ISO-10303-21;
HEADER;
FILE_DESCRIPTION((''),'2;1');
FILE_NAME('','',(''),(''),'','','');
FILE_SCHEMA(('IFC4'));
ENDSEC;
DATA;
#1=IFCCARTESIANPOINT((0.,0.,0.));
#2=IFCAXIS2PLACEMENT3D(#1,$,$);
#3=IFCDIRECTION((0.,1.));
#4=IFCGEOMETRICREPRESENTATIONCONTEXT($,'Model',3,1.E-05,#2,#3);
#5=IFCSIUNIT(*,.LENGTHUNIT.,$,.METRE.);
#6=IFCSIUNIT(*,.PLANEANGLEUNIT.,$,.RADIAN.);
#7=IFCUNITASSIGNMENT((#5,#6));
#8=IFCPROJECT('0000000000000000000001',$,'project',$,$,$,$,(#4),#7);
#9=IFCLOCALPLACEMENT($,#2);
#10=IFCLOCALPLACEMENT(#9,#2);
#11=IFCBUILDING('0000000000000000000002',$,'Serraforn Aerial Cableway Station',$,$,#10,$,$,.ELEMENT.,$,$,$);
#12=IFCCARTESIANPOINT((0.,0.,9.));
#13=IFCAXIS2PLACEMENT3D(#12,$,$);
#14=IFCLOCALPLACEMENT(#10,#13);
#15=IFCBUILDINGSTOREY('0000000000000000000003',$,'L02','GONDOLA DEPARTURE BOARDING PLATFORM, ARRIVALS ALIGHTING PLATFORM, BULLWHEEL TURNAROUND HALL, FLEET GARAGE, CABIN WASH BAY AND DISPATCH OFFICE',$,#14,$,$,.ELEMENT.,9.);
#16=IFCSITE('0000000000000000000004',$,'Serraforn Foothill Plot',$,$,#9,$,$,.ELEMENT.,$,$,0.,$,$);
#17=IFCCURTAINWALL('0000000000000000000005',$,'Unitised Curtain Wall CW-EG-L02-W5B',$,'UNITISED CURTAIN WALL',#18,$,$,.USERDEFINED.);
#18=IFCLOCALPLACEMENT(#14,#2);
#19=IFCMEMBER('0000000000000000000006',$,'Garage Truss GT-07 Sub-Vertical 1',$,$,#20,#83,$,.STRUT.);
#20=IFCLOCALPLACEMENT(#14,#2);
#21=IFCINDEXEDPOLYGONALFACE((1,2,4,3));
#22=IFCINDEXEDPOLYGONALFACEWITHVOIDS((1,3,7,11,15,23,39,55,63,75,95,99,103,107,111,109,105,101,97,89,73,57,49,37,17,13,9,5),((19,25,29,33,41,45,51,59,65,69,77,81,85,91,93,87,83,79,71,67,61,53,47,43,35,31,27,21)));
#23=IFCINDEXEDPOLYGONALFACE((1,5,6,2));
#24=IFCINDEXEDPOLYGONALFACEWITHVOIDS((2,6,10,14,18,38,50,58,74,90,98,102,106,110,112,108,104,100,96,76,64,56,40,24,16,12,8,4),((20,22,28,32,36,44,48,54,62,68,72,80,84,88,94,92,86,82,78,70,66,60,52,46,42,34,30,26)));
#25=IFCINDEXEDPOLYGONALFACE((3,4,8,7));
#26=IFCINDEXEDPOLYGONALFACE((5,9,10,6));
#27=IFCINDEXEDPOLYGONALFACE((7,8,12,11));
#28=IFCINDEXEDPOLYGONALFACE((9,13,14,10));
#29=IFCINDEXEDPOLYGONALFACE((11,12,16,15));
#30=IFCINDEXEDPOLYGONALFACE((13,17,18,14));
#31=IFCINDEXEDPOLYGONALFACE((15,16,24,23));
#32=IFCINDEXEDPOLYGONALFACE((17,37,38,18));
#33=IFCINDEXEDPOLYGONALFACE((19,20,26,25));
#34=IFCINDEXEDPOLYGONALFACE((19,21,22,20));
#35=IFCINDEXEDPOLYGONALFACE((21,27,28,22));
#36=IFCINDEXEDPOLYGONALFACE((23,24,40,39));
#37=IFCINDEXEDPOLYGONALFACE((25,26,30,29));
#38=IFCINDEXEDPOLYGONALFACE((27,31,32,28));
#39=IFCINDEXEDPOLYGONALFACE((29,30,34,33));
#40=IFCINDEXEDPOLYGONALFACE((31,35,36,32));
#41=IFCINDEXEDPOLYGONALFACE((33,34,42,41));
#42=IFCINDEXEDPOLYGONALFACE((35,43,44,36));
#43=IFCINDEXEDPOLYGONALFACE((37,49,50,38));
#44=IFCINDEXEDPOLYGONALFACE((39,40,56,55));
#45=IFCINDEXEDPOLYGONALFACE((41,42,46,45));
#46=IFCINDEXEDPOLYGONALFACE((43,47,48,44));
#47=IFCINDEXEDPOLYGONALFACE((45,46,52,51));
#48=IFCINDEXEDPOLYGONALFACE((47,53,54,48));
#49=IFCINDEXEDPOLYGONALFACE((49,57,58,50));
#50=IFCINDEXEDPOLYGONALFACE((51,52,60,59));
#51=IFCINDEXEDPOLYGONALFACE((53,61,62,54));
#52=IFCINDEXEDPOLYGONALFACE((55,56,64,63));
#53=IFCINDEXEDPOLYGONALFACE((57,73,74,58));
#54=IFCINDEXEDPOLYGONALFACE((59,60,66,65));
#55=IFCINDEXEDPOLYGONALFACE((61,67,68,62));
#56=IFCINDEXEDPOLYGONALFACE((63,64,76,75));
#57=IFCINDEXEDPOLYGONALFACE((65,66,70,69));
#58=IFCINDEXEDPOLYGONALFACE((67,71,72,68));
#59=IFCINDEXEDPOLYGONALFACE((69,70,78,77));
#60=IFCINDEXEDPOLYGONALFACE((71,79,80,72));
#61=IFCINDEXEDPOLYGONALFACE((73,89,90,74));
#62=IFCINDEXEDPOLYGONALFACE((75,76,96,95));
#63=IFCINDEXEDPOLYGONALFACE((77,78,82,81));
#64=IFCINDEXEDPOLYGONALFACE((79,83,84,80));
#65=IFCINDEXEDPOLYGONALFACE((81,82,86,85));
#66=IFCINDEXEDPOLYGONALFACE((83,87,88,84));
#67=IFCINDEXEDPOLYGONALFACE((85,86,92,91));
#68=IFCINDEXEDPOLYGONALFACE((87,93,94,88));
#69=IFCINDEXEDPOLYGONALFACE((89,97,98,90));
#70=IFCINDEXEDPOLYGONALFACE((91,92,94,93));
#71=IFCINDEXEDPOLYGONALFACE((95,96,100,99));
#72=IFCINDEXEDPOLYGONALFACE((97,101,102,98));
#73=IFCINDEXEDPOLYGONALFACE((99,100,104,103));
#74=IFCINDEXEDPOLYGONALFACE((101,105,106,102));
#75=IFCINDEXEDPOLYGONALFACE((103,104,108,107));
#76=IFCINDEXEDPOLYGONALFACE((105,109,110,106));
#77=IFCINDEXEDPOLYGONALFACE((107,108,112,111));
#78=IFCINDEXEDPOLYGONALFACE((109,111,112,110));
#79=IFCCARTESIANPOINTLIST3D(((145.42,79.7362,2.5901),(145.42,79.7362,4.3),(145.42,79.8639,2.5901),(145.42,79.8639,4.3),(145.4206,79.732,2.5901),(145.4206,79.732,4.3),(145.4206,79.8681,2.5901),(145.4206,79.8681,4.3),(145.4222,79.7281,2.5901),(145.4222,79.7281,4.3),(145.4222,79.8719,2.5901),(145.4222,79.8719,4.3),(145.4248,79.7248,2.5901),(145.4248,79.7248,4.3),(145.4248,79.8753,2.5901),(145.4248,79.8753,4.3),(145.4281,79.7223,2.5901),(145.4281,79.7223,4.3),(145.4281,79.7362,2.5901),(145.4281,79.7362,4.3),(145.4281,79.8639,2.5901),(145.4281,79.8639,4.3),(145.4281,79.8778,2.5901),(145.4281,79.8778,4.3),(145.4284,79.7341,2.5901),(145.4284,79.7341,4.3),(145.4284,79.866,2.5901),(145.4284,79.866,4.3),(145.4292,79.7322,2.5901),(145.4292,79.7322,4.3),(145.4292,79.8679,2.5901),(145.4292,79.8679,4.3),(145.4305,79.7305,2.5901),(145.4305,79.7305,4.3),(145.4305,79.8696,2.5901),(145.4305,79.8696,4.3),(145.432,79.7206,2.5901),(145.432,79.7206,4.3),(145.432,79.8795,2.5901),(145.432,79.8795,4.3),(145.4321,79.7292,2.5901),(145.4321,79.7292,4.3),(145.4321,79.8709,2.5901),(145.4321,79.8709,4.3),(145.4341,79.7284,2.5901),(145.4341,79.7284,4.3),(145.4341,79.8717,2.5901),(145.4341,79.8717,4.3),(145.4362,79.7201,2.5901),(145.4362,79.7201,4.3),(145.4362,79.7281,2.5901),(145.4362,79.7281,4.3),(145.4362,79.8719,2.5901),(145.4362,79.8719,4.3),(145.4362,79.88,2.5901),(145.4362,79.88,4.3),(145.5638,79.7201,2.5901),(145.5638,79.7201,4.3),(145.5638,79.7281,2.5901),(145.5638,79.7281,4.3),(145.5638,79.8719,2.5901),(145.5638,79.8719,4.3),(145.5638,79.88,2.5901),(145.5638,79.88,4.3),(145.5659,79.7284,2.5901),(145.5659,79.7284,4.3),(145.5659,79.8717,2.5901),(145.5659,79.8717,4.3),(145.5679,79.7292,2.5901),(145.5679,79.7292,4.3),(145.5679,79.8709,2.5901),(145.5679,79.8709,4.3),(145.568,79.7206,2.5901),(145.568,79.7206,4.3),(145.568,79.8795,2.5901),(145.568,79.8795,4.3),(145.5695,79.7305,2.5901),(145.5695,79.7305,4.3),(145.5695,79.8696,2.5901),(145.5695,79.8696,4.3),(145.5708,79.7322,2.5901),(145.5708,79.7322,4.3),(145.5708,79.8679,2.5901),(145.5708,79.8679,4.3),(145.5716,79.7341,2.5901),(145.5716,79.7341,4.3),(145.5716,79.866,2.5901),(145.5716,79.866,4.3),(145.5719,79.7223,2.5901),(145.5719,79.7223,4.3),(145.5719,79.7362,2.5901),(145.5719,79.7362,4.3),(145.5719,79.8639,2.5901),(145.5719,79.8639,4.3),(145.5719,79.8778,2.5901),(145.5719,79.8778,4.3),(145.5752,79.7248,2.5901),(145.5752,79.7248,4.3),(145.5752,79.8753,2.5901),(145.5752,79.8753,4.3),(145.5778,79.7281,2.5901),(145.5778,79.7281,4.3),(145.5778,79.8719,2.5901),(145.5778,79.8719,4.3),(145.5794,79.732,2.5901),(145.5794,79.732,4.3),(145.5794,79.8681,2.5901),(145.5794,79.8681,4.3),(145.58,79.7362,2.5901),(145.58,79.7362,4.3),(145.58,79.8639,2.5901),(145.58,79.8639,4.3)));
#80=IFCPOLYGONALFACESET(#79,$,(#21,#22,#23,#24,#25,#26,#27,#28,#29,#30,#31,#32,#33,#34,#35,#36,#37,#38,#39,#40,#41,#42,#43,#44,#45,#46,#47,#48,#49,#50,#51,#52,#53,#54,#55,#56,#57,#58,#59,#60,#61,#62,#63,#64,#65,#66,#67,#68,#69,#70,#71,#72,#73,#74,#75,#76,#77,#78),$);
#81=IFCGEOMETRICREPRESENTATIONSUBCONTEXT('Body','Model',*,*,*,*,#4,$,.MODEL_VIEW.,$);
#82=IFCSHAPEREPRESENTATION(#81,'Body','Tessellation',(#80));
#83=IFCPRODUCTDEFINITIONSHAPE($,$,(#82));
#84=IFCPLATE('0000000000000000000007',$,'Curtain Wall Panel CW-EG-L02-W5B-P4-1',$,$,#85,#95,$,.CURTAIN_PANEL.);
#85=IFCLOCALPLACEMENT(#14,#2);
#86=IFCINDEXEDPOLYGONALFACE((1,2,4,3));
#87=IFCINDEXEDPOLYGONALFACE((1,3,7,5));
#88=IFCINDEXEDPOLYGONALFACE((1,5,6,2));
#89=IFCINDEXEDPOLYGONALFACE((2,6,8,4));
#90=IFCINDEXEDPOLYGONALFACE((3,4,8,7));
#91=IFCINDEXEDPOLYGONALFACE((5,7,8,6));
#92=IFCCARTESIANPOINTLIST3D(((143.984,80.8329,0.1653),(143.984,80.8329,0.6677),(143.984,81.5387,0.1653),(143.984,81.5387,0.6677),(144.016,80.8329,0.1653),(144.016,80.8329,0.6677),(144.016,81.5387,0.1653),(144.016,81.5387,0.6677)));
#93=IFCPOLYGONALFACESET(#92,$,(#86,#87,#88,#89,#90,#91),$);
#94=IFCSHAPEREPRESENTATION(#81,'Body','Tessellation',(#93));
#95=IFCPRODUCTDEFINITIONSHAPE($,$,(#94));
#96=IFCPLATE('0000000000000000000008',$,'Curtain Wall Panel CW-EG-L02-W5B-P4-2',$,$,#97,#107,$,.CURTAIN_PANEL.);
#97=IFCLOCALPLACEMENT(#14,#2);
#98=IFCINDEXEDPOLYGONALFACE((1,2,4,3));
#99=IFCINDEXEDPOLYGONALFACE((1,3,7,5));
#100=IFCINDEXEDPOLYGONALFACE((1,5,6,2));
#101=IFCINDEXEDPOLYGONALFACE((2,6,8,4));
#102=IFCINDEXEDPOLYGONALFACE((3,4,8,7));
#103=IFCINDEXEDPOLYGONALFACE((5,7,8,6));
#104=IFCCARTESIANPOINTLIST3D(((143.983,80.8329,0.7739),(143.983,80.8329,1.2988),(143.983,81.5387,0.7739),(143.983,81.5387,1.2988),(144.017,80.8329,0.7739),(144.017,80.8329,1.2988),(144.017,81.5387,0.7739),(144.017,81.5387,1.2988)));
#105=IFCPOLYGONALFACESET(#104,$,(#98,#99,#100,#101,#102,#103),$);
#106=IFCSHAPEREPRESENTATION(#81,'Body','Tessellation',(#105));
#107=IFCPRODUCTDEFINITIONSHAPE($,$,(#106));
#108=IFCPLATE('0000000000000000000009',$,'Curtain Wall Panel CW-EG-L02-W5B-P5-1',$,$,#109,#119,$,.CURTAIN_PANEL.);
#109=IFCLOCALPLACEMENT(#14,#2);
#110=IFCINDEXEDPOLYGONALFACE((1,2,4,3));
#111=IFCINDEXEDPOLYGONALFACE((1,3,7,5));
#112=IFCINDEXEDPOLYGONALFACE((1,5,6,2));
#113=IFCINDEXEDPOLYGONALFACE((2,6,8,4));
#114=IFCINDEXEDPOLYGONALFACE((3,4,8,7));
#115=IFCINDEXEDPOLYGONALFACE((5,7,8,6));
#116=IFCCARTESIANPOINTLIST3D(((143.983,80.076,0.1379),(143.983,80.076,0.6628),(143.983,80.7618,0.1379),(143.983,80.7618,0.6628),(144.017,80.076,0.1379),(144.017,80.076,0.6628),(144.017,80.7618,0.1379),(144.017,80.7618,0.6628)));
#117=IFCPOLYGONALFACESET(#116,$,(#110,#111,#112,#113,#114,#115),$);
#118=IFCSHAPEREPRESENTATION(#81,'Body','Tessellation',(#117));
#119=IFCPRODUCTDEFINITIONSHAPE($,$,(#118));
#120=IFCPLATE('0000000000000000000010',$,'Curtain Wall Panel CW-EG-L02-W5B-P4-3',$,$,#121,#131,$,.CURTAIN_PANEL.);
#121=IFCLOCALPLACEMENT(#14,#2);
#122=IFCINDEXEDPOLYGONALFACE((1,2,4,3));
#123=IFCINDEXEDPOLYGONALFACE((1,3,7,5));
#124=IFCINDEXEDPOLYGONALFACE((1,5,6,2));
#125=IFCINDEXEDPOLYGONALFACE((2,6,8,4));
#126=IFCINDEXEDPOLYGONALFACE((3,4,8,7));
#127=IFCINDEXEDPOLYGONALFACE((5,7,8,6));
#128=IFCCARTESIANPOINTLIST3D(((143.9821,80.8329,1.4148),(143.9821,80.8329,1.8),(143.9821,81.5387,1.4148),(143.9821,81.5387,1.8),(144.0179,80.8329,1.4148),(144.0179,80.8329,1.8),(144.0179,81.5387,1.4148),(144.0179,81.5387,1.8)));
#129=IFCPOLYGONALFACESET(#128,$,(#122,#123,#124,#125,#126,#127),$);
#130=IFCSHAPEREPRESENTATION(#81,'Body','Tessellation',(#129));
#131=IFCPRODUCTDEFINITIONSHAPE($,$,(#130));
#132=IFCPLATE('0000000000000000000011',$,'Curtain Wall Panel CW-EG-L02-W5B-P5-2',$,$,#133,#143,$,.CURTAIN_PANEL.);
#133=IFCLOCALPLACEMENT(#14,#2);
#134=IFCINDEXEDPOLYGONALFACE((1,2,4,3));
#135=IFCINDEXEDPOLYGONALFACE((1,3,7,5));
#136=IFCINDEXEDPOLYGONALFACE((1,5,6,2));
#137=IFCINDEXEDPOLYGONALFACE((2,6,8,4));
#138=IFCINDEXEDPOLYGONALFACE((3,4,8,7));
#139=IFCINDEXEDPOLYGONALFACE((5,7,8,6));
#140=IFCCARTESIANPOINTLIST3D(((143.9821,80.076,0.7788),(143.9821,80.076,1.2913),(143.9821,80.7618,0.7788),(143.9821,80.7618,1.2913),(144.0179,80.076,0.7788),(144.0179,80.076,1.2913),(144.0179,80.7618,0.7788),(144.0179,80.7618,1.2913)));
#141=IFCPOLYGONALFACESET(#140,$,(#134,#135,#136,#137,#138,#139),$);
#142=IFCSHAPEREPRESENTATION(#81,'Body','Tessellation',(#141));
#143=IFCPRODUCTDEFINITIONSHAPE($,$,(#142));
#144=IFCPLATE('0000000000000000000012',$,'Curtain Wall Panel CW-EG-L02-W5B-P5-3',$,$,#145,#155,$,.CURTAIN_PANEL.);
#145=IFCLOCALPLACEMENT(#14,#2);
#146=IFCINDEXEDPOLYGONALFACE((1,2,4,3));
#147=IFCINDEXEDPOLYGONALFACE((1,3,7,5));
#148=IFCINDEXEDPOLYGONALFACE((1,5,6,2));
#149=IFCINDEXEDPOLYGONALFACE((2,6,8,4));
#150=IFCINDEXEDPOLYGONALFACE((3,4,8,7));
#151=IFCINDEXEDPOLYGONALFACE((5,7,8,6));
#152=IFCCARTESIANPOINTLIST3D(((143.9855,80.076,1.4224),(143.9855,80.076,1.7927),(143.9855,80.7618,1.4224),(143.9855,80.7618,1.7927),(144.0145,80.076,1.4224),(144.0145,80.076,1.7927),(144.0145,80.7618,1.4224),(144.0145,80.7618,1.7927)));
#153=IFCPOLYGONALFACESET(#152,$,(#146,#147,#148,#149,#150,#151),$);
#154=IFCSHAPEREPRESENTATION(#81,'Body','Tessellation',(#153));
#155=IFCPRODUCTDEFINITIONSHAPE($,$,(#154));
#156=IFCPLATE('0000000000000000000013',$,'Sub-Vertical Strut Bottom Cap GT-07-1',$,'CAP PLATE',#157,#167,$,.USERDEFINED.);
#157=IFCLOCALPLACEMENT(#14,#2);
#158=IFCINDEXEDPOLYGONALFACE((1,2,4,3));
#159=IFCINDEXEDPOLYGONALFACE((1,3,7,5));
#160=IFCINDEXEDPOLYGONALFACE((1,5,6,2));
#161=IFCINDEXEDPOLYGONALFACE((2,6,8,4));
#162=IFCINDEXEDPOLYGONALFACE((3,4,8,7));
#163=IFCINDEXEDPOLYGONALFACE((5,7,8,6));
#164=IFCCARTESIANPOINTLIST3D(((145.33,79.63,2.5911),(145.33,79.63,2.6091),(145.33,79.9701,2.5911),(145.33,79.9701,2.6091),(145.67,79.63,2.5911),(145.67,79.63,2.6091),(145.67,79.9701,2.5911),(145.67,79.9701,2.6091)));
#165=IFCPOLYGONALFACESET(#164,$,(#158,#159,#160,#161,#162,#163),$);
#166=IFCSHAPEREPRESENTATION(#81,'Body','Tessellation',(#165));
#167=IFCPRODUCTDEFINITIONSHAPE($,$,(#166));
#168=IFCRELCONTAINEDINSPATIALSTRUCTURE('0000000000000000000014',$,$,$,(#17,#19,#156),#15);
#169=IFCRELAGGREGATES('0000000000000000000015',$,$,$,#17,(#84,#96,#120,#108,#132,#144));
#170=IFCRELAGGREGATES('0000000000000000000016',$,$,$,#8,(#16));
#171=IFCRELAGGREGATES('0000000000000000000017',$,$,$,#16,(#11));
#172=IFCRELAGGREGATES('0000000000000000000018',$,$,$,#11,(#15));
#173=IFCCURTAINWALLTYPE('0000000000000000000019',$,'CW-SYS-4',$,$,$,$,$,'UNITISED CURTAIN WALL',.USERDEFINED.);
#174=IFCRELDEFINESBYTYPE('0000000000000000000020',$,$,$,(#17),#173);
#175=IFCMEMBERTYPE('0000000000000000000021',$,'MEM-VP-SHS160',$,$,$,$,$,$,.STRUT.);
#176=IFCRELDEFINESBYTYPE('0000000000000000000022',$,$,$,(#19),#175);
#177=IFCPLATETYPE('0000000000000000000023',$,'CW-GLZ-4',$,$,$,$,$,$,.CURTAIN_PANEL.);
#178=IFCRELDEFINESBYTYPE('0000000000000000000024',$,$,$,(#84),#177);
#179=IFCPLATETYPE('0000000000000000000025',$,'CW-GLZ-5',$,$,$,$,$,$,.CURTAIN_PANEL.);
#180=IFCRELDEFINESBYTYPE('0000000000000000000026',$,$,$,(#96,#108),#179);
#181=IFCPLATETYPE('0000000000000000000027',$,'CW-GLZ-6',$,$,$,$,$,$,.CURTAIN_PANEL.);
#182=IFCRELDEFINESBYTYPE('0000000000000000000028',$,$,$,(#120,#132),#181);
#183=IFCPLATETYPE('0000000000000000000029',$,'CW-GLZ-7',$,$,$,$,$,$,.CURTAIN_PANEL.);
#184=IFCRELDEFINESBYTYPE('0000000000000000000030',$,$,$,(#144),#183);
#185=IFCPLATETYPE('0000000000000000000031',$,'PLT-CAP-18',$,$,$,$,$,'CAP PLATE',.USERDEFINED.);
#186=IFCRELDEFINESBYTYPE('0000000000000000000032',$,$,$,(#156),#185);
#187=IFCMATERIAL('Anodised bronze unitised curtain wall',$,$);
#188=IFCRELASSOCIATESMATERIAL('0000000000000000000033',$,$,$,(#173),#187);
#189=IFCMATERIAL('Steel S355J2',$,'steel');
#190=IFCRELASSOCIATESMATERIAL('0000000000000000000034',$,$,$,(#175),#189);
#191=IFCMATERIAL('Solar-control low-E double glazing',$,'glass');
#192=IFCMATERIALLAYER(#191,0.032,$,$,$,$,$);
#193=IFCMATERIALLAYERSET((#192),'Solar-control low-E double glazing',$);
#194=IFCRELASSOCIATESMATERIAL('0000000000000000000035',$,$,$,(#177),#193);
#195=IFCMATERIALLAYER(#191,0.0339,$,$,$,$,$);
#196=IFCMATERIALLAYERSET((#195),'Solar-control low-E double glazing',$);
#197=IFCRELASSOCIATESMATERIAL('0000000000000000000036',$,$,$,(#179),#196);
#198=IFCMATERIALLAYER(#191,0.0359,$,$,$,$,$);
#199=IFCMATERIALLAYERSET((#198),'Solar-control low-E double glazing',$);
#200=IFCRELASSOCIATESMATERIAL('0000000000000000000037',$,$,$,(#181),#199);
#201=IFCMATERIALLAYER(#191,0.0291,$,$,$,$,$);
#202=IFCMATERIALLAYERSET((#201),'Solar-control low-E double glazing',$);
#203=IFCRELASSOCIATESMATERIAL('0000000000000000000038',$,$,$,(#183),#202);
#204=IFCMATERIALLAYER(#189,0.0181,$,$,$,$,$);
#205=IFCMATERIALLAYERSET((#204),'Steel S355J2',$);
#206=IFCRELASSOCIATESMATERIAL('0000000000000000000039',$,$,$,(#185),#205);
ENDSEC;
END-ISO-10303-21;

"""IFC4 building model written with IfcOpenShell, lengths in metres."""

from ifc_helpers import new_model, si_unit, direction, frame, origin, origin_2d, place, context, subcontext, project, spatial, rectangle, hollow_rectangle, extrude, material, layer, layer_set, material_profile, profile_set, type_object, element, aggregate, save


model = new_model("IFC4")

# Units and contexts
model_context = context("Model", 3, precision=1e-05, world=origin(), true_north=direction((0.0, 1.0)))
body_context = subcontext(model_context, "Body", "Model", "MODEL_VIEW")
ifc_project = project(units=[si_unit("LENGTHUNIT", "METRE"), si_unit("PLANEANGLEUNIT", "RADIAN")], contexts=[model_context])

# Site, building, storey
site_placement = place(None, origin())
site = spatial("IfcSite", under=ifc_project, at=site_placement, Name="Serraforn Foothill Plot", CompositionType="ELEMENT", RefElevation=0.0)
building_placement = place(site_placement, origin())
building = spatial("IfcBuilding", under=site, at=building_placement, Name="Serraforn Aerial Cableway Station", CompositionType="ELEMENT")
storey_placement = place(building_placement, frame((0.0, 0.0, 9.0)))
storey = spatial("IfcBuildingStorey", under=building, at=storey_placement, Name="L02", Description="GONDOLA DEPARTURE BOARDING PLATFORM, ARRIVALS ALIGHTING PLATFORM, BULLWHEEL TURNAROUND HALL, FLEET GARAGE, CABIN WASH BAY AND DISPATCH OFFICE", CompositionType="ELEMENT", Elevation=9.0)

# Curtain wall
ifc_material_1 = material(Name="Anodised bronze unitised curtain wall")
curtain_wall_type = type_object("IfcCurtainWallType", Name="CW-SYS-4", ElementType="UNITISED CURTAIN WALL", PredefinedType="USERDEFINED", material=ifc_material_1)
curtain_wall_placement = place(storey_placement, origin())
curtain_wall = element("IfcCurtainWall", 1, at=curtain_wall_placement, inside=storey, type_object=curtain_wall_type, Name="Unitised Curtain Wall CW-EG-L02-W5B", ObjectType="UNITISED CURTAIN WALL", PredefinedType="USERDEFINED")

# Member
ifc_material_2 = material(Name="Steel S355J2", Category="steel")
ifc_material_profile_1 = material_profile(ifc_material_2, hollow_rectangle(XDim=0.1599, YDim=0.1599, WallThickness=0.0081, InnerFilletRadius=0.0081, OuterFilletRadius=0.0161, at=origin_2d()), Name="SHS 160x160x8.0")
ifc_profile_set_1 = profile_set([ifc_material_profile_1], Name="Steel S355J2")
member_type_1 = type_object("IfcMemberType", Name="MEM-VP-SHS160", PredefinedType="STRUT", material=ifc_profile_set_1)
member_1_placement = place(storey_placement, frame((145.5, 79.8, 2.5901), z_axis=(0.0, 0.0, 1.0), x_axis=(1.0, 0.0, 0.0)))
element("IfcMember", 2, at=member_1_placement, inside=storey, type_object=member_type_1, Name="Garage Truss GT-07 Sub-Vertical 1", PredefinedType="STRUT", context=body_context, shape_type="SweptSolid", body=[
    extrude(hollow_rectangle(XDim=0.1599, YDim=0.1599, WallThickness=0.0081, InnerFilletRadius=0.0081, OuterFilletRadius=0.0161, at=origin_2d()), origin(), (0.0, 0.0, 1.0), 1.71),
])

# Plates
ifc_material_3 = material(Name="Solar-control low-E double glazing", Category="glass")
ifc_layer_1 = layer(ifc_material_3, 0.032)
ifc_layer_set_1 = layer_set([ifc_layer_1], Name="Solar-control low-E double glazing")
plate_type_1 = type_object("IfcPlateType", Name="CW-GLZ-4", PredefinedType="CURTAIN_PANEL", material=ifc_layer_set_1)
plate_1_placement = place(storey_placement, frame((144.0, 81.1858, 0.1653), z_axis=(0.0, 0.0, 1.0), x_axis=(1.0, 0.0, 0.0)))
plate_1 = element("IfcPlate", 3, at=plate_1_placement, type_object=plate_type_1, Name="Curtain Wall Panel CW-EG-L02-W5B-P4-1", PredefinedType="CURTAIN_PANEL", context=body_context, shape_type="SweptSolid", body=[
    extrude(rectangle(XDim=0.032, YDim=0.7058, at=origin_2d()), origin(), (0.0, 0.0, 1.0), 0.5024),
])
ifc_layer_2 = layer(ifc_material_3, 0.0339)
ifc_layer_set_2 = layer_set([ifc_layer_2], Name="Solar-control low-E double glazing")
plate_type_2 = type_object("IfcPlateType", Name="CW-GLZ-5", PredefinedType="CURTAIN_PANEL", material=ifc_layer_set_2)
plate_2_placement = place(storey_placement, frame((144.0, 81.1858, 0.7739), z_axis=(0.0, 0.0, 1.0), x_axis=(1.0, 0.0, 0.0)))
plate_2 = element("IfcPlate", 4, at=plate_2_placement, type_object=plate_type_2, Name="Curtain Wall Panel CW-EG-L02-W5B-P4-2", PredefinedType="CURTAIN_PANEL", context=body_context, shape_type="SweptSolid", body=[
    extrude(rectangle(XDim=0.0339, YDim=0.7058, at=origin_2d()), origin(), (0.0, 0.0, 1.0), 0.5249),
])
plate_3_placement = place(storey_placement, frame((144.0, 80.4189, 0.1379), z_axis=(0.0, 0.0, 1.0), x_axis=(1.0, 0.0, 0.0)))
plate_3 = element("IfcPlate", 5, at=plate_3_placement, type_object=plate_type_2, Name="Curtain Wall Panel CW-EG-L02-W5B-P5-1", PredefinedType="CURTAIN_PANEL", context=body_context, shape_type="SweptSolid", body=[
    extrude(rectangle(XDim=0.0339, YDim=0.6858, at=origin_2d()), origin(), (0.0, 0.0, 1.0), 0.5249),
])
ifc_layer_3 = layer(ifc_material_3, 0.0359)
ifc_layer_set_3 = layer_set([ifc_layer_3], Name="Solar-control low-E double glazing")
plate_type_3 = type_object("IfcPlateType", Name="CW-GLZ-6", PredefinedType="CURTAIN_PANEL", material=ifc_layer_set_3)
plate_4_placement = place(storey_placement, frame((144.0, 81.1858, 1.4148), z_axis=(0.0, 0.0, 1.0), x_axis=(1.0, 0.0, 0.0)))
plate_4 = element("IfcPlate", 6, at=plate_4_placement, type_object=plate_type_3, Name="Curtain Wall Panel CW-EG-L02-W5B-P4-3", PredefinedType="CURTAIN_PANEL", context=body_context, shape_type="SweptSolid", body=[
    extrude(rectangle(XDim=0.0359, YDim=0.7058, at=origin_2d()), origin(), (0.0, 0.0, 1.0), 0.3853),
])
plate_5_placement = place(storey_placement, frame((144.0, 80.4189, 0.7788), z_axis=(0.0, 0.0, 1.0), x_axis=(1.0, 0.0, 0.0)))
plate_5 = element("IfcPlate", 7, at=plate_5_placement, type_object=plate_type_3, Name="Curtain Wall Panel CW-EG-L02-W5B-P5-2", PredefinedType="CURTAIN_PANEL", context=body_context, shape_type="SweptSolid", body=[
    extrude(rectangle(XDim=0.0359, YDim=0.6858, at=origin_2d()), origin(), (0.0, 0.0, 1.0), 0.5125),
])
ifc_layer_4 = layer(ifc_material_3, 0.0291)
ifc_layer_set_4 = layer_set([ifc_layer_4], Name="Solar-control low-E double glazing")
plate_type_4 = type_object("IfcPlateType", Name="CW-GLZ-7", PredefinedType="CURTAIN_PANEL", material=ifc_layer_set_4)
plate_6_placement = place(storey_placement, frame((144.0, 80.4189, 1.4224), z_axis=(0.0, 0.0, 1.0), x_axis=(1.0, 0.0, 0.0)))
plate_6 = element("IfcPlate", 8, at=plate_6_placement, type_object=plate_type_4, Name="Curtain Wall Panel CW-EG-L02-W5B-P5-3", PredefinedType="CURTAIN_PANEL", context=body_context, shape_type="SweptSolid", body=[
    extrude(rectangle(XDim=0.0291, YDim=0.6858, at=origin_2d()), origin(), (0.0, 0.0, 1.0), 0.3704),
])
aggregate(curtain_wall, [plate_1, plate_2, plate_4, plate_3, plate_5, plate_6])
ifc_layer_5 = layer(ifc_material_2, 0.0181)
ifc_layer_set_5 = layer_set([ifc_layer_5], Name="Steel S355J2")
plate_type_5 = type_object("IfcPlateType", Name="PLT-CAP-18", ElementType="CAP PLATE", PredefinedType="USERDEFINED", material=ifc_layer_set_5)
plate_7_placement = place(storey_placement, frame((145.5, 79.8, 2.5911), z_axis=(0.0, 0.0, 1.0), x_axis=(1.0, 0.0, 0.0)))
element("IfcPlate", 9, at=plate_7_placement, inside=storey, type_object=plate_type_5, Name="Sub-Vertical Strut Bottom Cap GT-07-1", ObjectType="CAP PLATE", PredefinedType="USERDEFINED", context=body_context, shape_type="SweptSolid", body=[
    extrude(rectangle(XDim=0.3401, YDim=0.3401, at=origin_2d()), origin(), (0.0, 0.0, 1.0), 0.0181),
])

save(model, "model.ifc")
